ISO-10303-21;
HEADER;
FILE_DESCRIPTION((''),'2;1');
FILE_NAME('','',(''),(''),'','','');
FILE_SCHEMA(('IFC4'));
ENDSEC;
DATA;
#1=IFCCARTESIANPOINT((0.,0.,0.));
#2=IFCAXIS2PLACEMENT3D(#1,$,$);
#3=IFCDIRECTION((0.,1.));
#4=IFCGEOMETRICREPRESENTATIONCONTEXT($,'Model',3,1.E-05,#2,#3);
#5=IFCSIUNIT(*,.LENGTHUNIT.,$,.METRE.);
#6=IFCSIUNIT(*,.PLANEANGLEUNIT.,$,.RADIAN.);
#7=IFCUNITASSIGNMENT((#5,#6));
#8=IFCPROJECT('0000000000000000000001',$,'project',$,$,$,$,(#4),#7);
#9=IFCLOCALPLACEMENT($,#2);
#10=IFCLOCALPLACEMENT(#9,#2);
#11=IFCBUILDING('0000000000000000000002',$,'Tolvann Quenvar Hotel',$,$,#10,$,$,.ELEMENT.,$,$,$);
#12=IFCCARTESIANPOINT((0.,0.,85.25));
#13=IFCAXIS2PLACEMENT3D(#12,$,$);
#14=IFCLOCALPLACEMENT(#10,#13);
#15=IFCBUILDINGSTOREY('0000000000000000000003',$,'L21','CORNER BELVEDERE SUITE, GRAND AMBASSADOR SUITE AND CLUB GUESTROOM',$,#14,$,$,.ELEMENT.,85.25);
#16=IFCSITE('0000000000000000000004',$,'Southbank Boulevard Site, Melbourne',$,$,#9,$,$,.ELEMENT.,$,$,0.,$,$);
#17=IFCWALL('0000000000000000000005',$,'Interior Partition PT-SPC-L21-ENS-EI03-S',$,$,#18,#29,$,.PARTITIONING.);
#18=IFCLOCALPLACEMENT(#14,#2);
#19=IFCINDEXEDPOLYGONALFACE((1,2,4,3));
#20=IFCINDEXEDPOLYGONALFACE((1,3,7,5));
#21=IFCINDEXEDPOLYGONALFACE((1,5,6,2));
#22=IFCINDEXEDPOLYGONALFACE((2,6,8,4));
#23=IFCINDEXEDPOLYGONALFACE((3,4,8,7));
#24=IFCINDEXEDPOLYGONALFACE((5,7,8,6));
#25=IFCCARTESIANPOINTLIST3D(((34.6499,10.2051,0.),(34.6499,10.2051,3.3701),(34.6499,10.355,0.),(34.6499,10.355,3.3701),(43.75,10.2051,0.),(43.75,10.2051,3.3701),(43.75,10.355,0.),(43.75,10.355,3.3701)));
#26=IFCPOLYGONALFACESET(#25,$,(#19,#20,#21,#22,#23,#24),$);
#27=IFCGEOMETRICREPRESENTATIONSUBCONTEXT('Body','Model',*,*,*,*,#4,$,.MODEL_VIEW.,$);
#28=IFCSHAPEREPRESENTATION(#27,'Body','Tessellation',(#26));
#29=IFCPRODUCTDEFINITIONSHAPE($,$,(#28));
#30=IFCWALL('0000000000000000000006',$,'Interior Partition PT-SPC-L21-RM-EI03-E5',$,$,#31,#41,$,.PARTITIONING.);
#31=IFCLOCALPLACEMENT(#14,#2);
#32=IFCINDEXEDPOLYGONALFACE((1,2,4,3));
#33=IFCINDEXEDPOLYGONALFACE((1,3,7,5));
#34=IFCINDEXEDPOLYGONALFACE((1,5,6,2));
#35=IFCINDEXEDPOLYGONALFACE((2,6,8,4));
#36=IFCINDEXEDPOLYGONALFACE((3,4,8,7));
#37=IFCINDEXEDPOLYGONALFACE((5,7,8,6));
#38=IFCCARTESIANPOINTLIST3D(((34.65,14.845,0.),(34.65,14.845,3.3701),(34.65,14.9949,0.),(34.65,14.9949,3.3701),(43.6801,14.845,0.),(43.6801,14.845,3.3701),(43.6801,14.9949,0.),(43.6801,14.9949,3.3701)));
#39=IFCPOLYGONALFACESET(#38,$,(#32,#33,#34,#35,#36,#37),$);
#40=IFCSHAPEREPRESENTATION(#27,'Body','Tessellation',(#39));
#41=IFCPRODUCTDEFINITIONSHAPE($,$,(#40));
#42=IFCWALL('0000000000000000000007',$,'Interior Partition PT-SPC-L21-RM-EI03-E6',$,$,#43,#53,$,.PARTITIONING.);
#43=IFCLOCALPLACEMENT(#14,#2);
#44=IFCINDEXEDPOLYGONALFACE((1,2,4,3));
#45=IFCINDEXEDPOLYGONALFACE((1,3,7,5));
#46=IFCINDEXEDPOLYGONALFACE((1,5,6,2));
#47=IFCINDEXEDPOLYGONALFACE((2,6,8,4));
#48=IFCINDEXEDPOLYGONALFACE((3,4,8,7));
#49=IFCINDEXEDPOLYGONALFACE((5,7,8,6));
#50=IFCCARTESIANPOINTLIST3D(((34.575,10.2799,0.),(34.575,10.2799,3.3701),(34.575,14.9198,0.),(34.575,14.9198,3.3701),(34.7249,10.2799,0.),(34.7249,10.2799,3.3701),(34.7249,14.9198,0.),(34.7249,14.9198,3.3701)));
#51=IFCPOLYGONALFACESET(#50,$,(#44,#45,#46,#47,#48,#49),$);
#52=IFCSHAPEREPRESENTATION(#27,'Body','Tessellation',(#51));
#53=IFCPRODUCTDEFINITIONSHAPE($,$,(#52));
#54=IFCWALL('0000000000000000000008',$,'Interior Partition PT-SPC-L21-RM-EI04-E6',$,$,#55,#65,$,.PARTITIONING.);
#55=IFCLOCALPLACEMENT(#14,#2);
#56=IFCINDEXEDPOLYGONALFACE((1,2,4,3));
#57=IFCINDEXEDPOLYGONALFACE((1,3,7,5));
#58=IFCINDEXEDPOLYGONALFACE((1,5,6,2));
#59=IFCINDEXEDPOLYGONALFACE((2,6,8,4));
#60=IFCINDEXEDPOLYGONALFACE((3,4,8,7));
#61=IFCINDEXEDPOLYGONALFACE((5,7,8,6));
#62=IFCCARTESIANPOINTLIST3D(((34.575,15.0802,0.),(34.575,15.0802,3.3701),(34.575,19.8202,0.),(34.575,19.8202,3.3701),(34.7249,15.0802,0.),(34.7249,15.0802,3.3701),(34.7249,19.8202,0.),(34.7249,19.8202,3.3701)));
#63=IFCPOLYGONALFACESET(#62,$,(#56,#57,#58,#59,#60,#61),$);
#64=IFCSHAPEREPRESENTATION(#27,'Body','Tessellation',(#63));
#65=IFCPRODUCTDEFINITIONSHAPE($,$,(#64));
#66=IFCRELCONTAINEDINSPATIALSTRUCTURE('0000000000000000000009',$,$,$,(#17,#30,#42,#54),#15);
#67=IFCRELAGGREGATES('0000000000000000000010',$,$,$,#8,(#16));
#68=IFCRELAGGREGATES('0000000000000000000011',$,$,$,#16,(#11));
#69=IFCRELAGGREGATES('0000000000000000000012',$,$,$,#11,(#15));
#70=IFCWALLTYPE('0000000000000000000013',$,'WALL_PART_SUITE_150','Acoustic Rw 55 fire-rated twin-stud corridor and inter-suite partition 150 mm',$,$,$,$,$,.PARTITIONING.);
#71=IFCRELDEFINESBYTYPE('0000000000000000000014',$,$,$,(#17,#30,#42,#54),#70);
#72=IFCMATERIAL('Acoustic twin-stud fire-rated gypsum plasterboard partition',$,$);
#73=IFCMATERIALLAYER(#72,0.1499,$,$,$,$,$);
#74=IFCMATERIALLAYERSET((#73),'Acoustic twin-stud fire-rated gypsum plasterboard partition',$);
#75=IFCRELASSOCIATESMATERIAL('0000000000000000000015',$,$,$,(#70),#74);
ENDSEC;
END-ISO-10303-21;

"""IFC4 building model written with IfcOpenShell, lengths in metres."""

from ifc_helpers import new_model, si_unit, direction, frame, frame_2d, origin, place, context, subcontext, project, spatial, rectangle, extrude, material, layer, layer_set, type_object, element, save


model = new_model("IFC4")

# Units and contexts
model_context = context("Model", 3, precision=1e-05, world=origin(), true_north=direction((0.0, 1.0)))
body_context = subcontext(model_context, "Body", "Model", "MODEL_VIEW")
ifc_project = project(units=[si_unit("LENGTHUNIT", "METRE"), si_unit("PLANEANGLEUNIT", "RADIAN")], contexts=[model_context])

# Site, building, storey
site_placement = place(None, origin())
site = spatial("IfcSite", under=ifc_project, at=site_placement, Name="Southbank Boulevard Site, Melbourne", CompositionType="ELEMENT", RefElevation=0.0)
building_placement = place(site_placement, origin())
building = spatial("IfcBuilding", under=site, at=building_placement, Name="Tolvann Quenvar Hotel", CompositionType="ELEMENT")
storey_placement = place(building_placement, frame((0.0, 0.0, 85.25)))
storey = spatial("IfcBuildingStorey", under=building, at=storey_placement, Name="L21", Description="CORNER BELVEDERE SUITE, GRAND AMBASSADOR SUITE AND CLUB GUESTROOM", CompositionType="ELEMENT", Elevation=85.25)

# Walls
ifc_material_1 = material(Name="Acoustic twin-stud fire-rated gypsum plasterboard partition")
ifc_layer_1 = layer(ifc_material_1, 0.1499)
ifc_layer_set_1 = layer_set([ifc_layer_1], Name="Acoustic twin-stud fire-rated gypsum plasterboard partition")
wall_type = type_object("IfcWallType", Name="WALL_PART_SUITE_150", Description="Acoustic Rw 55 fire-rated twin-stud corridor and inter-suite partition 150 mm", PredefinedType="PARTITIONING", material=ifc_layer_set_1)
wall_1_placement = place(storey_placement, frame((34.6499, 10.28, 0.0), z_axis=(0.0, 0.0, 1.0), x_axis=(1.0, 0.0, 0.0)))
element("IfcWall", 1, at=wall_1_placement, inside=storey, type_object=wall_type, Name="Interior Partition PT-SPC-L21-ENS-EI03-S", PredefinedType="PARTITIONING", context=body_context, shape_type="SweptSolid", body=[
    extrude(rectangle(XDim=9.1001, YDim=0.1499, at=frame_2d((4.55, 0.0))), origin(), (0.0, 0.0, 1.0), 3.3701),
])
wall_2_placement = place(storey_placement, frame((34.6499, 14.9199, 0.0), z_axis=(0.0, 0.0, 1.0), x_axis=(1.0, 0.0, 0.0)))
element("IfcWall", 2, at=wall_2_placement, inside=storey, type_object=wall_type, Name="Interior Partition PT-SPC-L21-RM-EI03-E5", PredefinedType="PARTITIONING", context=body_context, shape_type="SweptSolid", body=[
    extrude(rectangle(XDim=9.03, YDim=0.1499, at=frame_2d((4.5151, 0.0))), origin(), (0.0, 0.0, 1.0), 3.3701),
])
wall_3_placement = place(storey_placement, frame((34.6499, 10.28, 0.0), z_axis=(0.0, 0.0, 1.0), x_axis=(0.0, 1.0, 0.0)))
element("IfcWall", 3, at=wall_3_placement, inside=storey, type_object=wall_type, Name="Interior Partition PT-SPC-L21-RM-EI03-E6", PredefinedType="PARTITIONING", context=body_context, shape_type="SweptSolid", body=[
    extrude(rectangle(XDim=4.6399, YDim=0.1499, at=frame_2d((2.3198, 0.0))), origin(), (0.0, 0.0, 1.0), 3.3701),
])
wall_4_placement = place(storey_placement, frame((34.6499, 15.0801, 0.0), z_axis=(0.0, 0.0, 1.0), x_axis=(0.0, 1.0, 0.0)))
element("IfcWall", 4, at=wall_4_placement, inside=storey, type_object=wall_type, Name="Interior Partition PT-SPC-L21-RM-EI04-E6", PredefinedType="PARTITIONING", context=body_context, shape_type="SweptSolid", body=[
    extrude(rectangle(XDim=4.74, YDim=0.1499, at=frame_2d((2.3701, 0.0))), origin(), (0.0, 0.0, 1.0), 3.3701),
])

save(model, "model.ifc")
